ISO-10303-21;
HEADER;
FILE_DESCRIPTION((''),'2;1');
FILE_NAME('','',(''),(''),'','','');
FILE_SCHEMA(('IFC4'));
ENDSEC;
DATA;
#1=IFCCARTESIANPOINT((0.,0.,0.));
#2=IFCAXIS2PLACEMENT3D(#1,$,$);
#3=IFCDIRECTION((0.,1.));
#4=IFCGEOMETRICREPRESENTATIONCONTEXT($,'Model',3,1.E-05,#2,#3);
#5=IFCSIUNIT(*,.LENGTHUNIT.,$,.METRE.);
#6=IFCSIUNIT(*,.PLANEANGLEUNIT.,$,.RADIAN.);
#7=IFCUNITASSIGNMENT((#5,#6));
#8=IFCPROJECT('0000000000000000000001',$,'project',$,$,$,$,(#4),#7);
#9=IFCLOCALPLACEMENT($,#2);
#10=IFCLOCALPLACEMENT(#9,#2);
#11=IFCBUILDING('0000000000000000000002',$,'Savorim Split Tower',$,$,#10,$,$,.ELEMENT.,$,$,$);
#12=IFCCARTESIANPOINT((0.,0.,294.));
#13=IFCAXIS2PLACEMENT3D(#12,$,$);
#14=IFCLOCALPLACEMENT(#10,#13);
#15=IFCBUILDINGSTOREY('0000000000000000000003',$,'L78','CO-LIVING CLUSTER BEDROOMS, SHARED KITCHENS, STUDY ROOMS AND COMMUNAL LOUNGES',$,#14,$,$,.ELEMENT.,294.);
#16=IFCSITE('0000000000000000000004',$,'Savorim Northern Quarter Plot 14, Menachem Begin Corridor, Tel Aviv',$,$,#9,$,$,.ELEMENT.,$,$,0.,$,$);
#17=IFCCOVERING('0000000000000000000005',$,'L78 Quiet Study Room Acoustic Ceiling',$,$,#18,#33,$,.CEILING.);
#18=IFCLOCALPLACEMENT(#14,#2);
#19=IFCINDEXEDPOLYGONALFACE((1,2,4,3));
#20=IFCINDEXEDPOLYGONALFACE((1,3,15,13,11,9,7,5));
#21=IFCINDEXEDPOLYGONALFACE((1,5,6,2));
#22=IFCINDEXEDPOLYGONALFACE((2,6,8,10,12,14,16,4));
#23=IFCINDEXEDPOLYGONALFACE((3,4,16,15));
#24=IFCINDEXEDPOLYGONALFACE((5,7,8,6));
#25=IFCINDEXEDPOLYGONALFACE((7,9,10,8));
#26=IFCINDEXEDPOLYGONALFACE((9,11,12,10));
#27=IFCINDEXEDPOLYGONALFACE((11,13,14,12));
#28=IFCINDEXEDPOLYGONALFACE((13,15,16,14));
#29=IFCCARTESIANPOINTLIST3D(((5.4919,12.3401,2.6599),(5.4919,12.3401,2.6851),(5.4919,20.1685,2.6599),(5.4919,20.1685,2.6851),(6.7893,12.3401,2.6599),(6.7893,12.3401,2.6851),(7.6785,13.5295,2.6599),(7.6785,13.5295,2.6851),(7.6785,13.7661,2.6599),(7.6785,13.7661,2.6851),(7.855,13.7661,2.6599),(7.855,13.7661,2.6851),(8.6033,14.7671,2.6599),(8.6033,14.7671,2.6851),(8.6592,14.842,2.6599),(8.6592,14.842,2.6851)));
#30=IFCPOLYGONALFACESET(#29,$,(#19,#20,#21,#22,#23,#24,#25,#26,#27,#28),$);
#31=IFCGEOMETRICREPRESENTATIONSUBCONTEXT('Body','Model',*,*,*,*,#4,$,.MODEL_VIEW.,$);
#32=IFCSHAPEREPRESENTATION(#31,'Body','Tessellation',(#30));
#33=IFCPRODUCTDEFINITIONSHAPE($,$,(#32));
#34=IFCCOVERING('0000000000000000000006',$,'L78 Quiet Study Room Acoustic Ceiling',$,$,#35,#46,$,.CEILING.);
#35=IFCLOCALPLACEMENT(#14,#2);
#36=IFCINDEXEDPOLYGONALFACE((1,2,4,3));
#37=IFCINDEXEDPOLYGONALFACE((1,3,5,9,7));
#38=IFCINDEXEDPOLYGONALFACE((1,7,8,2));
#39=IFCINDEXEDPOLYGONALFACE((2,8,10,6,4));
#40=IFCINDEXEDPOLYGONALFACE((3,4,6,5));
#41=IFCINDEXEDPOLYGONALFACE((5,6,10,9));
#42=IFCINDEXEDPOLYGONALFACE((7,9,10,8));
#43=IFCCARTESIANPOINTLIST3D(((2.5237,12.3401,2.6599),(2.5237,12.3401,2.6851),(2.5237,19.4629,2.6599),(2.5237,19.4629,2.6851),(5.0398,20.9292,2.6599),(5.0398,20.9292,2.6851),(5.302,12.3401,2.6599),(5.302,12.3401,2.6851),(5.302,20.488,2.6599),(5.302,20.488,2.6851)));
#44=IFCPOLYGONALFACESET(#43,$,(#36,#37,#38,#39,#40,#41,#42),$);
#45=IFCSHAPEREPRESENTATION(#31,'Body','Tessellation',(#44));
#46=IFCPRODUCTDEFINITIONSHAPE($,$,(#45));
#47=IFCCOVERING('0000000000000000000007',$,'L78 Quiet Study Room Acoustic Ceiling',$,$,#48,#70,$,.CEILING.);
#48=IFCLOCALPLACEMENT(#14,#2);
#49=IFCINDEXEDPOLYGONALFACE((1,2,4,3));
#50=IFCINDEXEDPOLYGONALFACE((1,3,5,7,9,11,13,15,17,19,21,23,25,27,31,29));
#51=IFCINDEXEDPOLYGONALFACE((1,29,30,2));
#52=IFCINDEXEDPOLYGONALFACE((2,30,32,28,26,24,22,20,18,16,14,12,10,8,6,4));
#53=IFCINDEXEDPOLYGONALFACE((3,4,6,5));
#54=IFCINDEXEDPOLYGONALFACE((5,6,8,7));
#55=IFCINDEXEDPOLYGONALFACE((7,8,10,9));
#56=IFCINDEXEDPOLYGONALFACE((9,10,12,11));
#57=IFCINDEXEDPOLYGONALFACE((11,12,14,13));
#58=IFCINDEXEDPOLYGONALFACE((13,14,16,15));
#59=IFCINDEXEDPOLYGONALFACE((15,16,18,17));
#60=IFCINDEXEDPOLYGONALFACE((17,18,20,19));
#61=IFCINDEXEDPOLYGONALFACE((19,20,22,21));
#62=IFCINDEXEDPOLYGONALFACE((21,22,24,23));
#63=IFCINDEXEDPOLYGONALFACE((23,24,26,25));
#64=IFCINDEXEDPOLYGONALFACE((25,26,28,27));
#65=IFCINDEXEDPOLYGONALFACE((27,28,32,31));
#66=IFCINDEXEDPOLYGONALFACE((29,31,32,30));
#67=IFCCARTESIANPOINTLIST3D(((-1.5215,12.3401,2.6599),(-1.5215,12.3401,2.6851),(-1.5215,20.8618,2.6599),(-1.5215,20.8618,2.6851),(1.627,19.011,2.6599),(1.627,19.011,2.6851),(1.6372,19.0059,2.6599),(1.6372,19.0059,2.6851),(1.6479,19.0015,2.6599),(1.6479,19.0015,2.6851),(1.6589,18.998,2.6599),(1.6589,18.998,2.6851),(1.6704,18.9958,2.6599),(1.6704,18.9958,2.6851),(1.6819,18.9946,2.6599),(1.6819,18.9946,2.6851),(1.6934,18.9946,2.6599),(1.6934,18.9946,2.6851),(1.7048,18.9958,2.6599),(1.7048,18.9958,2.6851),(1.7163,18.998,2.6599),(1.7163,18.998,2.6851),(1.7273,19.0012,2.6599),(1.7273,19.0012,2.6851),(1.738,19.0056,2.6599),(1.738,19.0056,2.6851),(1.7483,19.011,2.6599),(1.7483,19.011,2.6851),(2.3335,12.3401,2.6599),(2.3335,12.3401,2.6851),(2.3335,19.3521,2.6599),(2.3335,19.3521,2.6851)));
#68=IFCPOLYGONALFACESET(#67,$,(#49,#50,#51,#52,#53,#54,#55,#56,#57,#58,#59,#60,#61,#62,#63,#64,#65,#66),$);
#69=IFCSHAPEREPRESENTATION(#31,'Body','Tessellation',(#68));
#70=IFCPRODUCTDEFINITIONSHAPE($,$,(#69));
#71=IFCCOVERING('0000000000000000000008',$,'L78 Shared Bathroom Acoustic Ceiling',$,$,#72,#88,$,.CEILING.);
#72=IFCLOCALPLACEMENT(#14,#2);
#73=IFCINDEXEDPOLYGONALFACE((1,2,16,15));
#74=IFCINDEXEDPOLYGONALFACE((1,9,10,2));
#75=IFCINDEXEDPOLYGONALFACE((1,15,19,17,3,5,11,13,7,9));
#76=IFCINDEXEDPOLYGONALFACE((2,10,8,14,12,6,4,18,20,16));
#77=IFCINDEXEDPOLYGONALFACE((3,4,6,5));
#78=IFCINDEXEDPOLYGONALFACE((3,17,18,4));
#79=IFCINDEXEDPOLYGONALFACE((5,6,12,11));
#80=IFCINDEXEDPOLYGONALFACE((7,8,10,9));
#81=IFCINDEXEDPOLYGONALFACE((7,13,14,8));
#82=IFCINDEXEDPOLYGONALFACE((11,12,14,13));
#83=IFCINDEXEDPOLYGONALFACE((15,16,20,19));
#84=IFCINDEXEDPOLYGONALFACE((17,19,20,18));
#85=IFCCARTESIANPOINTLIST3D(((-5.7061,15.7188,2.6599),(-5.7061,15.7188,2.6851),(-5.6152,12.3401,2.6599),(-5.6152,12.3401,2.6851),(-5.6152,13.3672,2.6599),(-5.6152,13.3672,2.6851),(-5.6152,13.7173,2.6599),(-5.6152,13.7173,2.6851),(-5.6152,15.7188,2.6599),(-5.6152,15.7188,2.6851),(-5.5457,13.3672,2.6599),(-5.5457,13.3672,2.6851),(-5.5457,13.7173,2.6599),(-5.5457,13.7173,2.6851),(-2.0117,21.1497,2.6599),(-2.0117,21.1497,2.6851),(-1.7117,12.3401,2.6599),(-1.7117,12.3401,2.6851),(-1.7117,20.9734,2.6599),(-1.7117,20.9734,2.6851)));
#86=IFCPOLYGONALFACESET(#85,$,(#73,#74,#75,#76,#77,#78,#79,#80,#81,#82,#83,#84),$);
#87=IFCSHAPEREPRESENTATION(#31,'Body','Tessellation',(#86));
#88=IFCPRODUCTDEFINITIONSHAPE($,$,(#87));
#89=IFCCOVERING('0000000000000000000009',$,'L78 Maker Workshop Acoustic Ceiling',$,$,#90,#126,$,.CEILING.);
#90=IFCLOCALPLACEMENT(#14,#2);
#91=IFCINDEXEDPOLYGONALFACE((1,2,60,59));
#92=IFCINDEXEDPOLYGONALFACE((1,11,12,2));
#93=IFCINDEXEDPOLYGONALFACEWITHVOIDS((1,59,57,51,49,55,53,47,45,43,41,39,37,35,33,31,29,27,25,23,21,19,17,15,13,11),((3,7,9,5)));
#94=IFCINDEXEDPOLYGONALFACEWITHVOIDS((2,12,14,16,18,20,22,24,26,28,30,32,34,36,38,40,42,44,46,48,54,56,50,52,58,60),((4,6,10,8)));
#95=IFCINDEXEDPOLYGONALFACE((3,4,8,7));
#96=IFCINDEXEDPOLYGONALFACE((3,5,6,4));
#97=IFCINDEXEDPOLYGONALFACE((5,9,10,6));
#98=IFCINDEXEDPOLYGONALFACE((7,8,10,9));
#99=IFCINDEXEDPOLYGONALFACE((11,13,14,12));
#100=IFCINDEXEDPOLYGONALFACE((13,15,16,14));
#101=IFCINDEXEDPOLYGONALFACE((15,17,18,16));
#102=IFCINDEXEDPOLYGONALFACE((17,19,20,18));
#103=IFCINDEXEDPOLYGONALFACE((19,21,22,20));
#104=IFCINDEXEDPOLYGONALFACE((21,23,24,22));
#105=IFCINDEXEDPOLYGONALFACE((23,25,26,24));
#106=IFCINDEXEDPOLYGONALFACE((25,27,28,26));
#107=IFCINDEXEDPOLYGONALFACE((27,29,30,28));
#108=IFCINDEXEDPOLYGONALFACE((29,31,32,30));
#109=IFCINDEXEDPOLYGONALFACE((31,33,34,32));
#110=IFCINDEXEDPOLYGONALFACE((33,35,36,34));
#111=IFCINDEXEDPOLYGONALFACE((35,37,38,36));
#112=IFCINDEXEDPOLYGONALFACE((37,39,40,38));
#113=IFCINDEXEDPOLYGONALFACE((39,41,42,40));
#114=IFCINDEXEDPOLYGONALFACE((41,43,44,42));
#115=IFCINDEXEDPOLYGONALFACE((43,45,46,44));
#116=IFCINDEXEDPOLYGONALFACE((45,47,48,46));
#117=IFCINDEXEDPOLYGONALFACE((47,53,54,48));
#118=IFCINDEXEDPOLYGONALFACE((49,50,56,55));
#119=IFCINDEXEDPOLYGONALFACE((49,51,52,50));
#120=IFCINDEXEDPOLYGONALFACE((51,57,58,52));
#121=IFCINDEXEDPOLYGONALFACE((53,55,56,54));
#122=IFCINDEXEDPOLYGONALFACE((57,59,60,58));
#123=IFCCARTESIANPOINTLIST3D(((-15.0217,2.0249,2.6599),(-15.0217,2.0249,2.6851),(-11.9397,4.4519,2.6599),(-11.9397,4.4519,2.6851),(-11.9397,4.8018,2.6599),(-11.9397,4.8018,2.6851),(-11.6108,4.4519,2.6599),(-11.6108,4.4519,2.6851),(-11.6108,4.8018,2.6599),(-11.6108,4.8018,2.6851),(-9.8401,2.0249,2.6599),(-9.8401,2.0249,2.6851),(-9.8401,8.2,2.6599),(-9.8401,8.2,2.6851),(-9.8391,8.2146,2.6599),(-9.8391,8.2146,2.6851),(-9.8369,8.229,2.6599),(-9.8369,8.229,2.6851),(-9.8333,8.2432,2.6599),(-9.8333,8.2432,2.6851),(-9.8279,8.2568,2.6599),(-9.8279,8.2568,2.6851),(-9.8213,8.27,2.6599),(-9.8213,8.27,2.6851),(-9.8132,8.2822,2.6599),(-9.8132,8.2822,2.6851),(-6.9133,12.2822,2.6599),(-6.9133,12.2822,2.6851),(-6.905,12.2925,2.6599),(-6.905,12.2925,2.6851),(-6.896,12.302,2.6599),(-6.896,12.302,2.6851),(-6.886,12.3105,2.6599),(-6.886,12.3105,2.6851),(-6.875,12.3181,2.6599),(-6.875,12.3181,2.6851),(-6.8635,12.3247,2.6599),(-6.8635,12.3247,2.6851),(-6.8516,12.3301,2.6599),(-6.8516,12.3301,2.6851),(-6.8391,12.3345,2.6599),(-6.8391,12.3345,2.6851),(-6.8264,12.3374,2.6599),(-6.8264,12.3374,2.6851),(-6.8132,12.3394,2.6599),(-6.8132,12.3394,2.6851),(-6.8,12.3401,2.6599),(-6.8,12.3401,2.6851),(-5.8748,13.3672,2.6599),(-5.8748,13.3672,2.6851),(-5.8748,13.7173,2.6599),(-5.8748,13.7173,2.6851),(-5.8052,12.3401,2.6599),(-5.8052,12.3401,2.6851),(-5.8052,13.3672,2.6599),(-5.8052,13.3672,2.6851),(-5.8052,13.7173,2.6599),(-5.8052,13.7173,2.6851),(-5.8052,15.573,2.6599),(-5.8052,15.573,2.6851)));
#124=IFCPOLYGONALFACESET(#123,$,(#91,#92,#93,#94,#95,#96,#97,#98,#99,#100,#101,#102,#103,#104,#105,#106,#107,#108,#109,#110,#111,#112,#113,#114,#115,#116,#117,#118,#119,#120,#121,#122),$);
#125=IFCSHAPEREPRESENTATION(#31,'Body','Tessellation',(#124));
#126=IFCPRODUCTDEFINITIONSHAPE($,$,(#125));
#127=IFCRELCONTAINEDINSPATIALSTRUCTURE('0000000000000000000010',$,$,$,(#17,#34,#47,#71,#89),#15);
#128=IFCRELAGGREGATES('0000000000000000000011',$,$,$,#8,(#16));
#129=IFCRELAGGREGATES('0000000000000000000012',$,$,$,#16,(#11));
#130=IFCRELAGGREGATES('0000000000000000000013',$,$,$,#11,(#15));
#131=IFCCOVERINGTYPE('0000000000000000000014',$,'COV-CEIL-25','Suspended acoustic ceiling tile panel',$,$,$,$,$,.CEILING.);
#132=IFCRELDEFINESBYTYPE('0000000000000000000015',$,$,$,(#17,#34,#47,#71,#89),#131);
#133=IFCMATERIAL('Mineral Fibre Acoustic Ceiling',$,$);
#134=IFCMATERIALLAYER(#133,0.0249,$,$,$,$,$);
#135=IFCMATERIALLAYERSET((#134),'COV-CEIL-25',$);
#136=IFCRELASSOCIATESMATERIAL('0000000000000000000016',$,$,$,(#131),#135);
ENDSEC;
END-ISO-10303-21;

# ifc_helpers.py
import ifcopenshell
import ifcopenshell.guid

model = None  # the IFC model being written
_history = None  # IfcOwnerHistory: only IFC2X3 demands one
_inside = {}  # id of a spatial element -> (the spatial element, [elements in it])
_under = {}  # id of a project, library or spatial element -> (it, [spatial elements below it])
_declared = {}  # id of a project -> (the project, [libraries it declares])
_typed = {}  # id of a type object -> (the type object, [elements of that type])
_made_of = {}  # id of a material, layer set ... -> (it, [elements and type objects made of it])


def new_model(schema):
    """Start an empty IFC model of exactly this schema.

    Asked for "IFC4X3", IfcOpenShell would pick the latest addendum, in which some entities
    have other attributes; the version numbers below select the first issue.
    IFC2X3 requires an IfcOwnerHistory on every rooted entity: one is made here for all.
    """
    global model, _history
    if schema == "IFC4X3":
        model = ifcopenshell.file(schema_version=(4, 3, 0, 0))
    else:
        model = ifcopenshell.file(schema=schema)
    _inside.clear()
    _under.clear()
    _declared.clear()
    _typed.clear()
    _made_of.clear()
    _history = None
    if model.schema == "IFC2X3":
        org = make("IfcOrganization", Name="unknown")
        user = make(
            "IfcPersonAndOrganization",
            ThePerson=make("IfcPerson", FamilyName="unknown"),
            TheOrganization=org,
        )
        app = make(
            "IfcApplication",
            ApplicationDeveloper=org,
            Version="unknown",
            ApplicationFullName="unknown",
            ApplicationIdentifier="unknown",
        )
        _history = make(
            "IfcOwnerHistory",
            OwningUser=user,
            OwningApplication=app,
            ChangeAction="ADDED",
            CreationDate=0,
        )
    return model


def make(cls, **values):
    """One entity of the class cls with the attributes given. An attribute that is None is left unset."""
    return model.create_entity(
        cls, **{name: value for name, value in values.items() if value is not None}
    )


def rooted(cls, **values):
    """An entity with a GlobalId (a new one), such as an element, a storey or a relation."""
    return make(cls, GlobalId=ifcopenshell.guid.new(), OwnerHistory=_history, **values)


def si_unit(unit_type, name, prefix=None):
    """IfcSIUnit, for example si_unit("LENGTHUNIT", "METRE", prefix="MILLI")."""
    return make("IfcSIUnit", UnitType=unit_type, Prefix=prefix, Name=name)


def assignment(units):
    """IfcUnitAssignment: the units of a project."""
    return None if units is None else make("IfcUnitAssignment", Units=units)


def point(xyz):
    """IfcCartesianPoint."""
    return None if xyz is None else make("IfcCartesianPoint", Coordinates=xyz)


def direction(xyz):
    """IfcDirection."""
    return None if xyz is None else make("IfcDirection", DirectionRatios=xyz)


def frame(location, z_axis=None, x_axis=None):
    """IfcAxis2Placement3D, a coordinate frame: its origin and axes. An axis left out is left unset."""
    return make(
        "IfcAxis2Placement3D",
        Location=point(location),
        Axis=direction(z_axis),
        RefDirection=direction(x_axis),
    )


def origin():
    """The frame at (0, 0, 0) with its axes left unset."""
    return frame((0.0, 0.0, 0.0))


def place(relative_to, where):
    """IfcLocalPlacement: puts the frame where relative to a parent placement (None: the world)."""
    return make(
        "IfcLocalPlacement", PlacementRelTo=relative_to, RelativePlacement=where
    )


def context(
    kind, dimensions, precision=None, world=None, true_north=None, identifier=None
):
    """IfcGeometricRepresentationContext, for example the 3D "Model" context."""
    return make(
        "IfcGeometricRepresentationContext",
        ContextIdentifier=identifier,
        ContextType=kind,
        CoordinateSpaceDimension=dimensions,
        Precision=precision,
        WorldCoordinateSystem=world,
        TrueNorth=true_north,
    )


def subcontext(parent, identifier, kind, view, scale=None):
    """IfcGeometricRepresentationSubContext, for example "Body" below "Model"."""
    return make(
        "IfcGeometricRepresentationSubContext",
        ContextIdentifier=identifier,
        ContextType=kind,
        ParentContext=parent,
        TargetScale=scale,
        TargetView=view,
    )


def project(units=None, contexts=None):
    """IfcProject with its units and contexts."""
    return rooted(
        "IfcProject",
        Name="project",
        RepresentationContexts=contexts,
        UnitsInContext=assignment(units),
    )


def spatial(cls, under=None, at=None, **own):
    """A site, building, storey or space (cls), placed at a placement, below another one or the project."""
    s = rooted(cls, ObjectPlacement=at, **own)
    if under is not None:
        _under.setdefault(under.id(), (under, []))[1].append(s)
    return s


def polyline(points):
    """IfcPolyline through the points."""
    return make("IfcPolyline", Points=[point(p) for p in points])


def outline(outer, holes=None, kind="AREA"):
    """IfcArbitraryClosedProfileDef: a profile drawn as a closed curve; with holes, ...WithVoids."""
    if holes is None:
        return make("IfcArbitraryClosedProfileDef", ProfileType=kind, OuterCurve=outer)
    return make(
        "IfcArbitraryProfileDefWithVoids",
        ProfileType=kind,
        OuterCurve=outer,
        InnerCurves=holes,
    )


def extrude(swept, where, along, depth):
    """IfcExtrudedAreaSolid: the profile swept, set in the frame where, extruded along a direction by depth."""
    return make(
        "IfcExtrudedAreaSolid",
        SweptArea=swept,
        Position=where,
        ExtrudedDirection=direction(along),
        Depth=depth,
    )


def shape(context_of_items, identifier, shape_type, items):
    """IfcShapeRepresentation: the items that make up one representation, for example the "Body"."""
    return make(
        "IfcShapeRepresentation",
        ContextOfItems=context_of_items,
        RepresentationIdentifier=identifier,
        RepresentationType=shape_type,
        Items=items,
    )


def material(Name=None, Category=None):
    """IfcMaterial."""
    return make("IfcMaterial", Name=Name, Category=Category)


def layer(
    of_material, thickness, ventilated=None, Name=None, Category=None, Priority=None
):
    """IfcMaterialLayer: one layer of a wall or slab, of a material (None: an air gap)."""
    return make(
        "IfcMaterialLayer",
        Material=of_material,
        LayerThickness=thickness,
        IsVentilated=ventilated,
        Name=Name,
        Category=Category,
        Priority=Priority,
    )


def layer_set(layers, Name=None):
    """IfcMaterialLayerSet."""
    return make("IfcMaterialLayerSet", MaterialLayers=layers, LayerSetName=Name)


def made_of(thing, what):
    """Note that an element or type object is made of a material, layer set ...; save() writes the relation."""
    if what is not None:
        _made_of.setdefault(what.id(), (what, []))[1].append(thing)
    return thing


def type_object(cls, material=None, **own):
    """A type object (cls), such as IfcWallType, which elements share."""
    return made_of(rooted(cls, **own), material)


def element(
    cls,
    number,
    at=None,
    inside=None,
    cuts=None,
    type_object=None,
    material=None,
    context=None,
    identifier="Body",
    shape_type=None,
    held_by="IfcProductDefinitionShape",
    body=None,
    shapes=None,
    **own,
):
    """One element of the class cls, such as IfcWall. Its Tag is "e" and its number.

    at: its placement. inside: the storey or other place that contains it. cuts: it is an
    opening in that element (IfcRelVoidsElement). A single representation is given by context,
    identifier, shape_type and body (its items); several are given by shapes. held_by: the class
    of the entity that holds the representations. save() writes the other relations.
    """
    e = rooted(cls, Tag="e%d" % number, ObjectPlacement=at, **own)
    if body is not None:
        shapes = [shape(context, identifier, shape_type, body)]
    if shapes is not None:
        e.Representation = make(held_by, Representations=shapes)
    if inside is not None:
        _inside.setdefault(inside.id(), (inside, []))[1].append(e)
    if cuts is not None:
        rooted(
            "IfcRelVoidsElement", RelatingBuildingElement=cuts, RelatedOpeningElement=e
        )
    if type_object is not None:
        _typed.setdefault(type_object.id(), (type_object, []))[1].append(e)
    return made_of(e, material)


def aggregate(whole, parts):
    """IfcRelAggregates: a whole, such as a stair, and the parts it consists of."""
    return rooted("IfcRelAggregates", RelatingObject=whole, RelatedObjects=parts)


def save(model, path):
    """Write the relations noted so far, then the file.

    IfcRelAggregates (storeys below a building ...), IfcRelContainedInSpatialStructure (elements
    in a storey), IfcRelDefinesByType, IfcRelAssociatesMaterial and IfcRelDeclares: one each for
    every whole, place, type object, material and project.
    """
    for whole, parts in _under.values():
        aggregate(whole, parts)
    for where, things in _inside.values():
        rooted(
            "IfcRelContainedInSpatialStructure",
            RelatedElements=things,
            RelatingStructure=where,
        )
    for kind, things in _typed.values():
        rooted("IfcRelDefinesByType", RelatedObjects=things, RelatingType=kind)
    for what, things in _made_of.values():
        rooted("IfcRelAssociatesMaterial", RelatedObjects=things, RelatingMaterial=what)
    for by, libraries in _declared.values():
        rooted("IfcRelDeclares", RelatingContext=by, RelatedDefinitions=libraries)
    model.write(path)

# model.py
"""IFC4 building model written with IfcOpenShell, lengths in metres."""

from ifc_helpers import new_model, si_unit, direction, frame, origin, place, context, subcontext, project, spatial, polyline, outline, extrude, material, layer, layer_set, type_object, element, save


model = new_model("IFC4")

# Units and contexts
model_context = context("Model", 3, precision=1e-05, world=origin(), true_north=direction((0.0, 1.0)))
body_context = subcontext(model_context, "Body", "Model", "MODEL_VIEW")
ifc_project = project(units=[si_unit("LENGTHUNIT", "METRE"), si_unit("PLANEANGLEUNIT", "RADIAN")], contexts=[model_context])

# Site, building, storey
site_placement = place(None, origin())
site = spatial("IfcSite", under=ifc_project, at=site_placement, Name="Savorim Northern Quarter Plot 14, Menachem Begin Corridor, Tel Aviv", CompositionType="ELEMENT", RefElevation=0.0)
building_placement = place(site_placement, origin())
building = spatial("IfcBuilding", under=site, at=building_placement, Name="Savorim Split Tower", CompositionType="ELEMENT")
storey_placement = place(building_placement, frame((0.0, 0.0, 294.0)))
storey = spatial("IfcBuildingStorey", under=building, at=storey_placement, Name="L78", Description="CO-LIVING CLUSTER BEDROOMS, SHARED KITCHENS, STUDY ROOMS AND COMMUNAL LOUNGES", CompositionType="ELEMENT", Elevation=294.0)

# Coverings
ifc_material_1 = material(Name="Mineral Fibre Acoustic Ceiling")
ifc_layer_1 = layer(ifc_material_1, 0.0249)
ifc_layer_set_1 = layer_set([ifc_layer_1], Name="COV-CEIL-25")
covering_type_1 = type_object("IfcCoveringType", Name="COV-CEIL-25", Description="Suspended acoustic ceiling tile panel", PredefinedType="CEILING", material=ifc_layer_set_1)
covering_1_placement = place(storey_placement, frame((0.0, 0.0, 2.6599)))
element("IfcCovering", 1, at=covering_1_placement, inside=storey, type_object=covering_type_1, Name="L78 Quiet Study Room Acoustic Ceiling", PredefinedType="CEILING", context=body_context, shape_type="SweptSolid", body=[
    extrude(outline(polyline([(7.855, 13.7661), (8.6033, 14.7671), (8.6592, 14.842), (5.4919, 20.1685), (5.4919, 12.3401), (6.7893, 12.3401), (7.6785, 13.5295), (7.6785, 13.7661), (7.855, 13.7661)])), origin(), (0.0, 0.0, 1.0), 0.0251),
])
covering_2_placement = place(storey_placement, frame((0.0, 0.0, 2.6599)))
element("IfcCovering", 2, at=covering_2_placement, inside=storey, type_object=covering_type_1, Name="L78 Quiet Study Room Acoustic Ceiling", PredefinedType="CEILING", context=body_context, shape_type="SweptSolid", body=[
    extrude(outline(polyline([(5.302, 12.3401), (5.302, 20.488), (5.0398, 20.9292), (2.5237, 19.4629), (2.5237, 12.3401), (5.302, 12.3401)])), origin(), (0.0, 0.0, 1.0), 0.0251),
])
covering_3_placement = place(storey_placement, frame((0.0, 0.0, 2.6599)))
element("IfcCovering", 3, at=covering_3_placement, inside=storey, type_object=covering_type_1, Name="L78 Quiet Study Room Acoustic Ceiling", PredefinedType="CEILING", context=body_context, shape_type="SweptSolid", body=[
    extrude(outline(polyline([(1.6479, 19.0015), (1.6372, 19.0059), (1.627, 19.011), (-1.5215, 20.8618), (-1.5215, 12.3401), (2.3335, 12.3401), (2.3335, 19.3521), (1.7483, 19.011), (1.738, 19.0056), (1.7273, 19.0012), (1.7163, 18.998), (1.7048, 18.9958), (1.6934, 18.9946), (1.6819, 18.9946), (1.6704, 18.9958), (1.6589, 18.998), (1.6479, 19.0015)])), origin(), (0.0, 0.0, 1.0), 0.0251),
])
covering_4_placement = place(storey_placement, frame((0.0, 0.0, 2.6599)))
element("IfcCovering", 4, at=covering_4_placement, inside=storey, type_object=covering_type_1, Name="L78 Shared Bathroom Acoustic Ceiling", PredefinedType="CEILING", context=body_context, shape_type="SweptSolid", body=[
    extrude(outline(polyline([(-5.6152, 12.3401), (-1.7117, 12.3401), (-1.7117, 20.9734), (-2.0117, 21.1497), (-5.7061, 15.7188), (-5.6152, 15.7188), (-5.6152, 13.7173), (-5.5457, 13.7173), (-5.5457, 13.3672), (-5.6152, 13.3672), (-5.6152, 12.3401)])), origin(), (0.0, 0.0, 1.0), 0.0251),
])
covering_5_placement = place(storey_placement, frame((0.0, 0.0, 2.6599)))
element("IfcCovering", 5, at=covering_5_placement, inside=storey, type_object=covering_type_1, Name="L78 Maker Workshop Acoustic Ceiling", PredefinedType="CEILING", context=body_context, shape_type="SweptSolid", body=[
    extrude(outline(polyline([(-6.8132, 12.3394), (-6.8, 12.3401), (-5.8052, 12.3401), (-5.8052, 13.3672), (-5.8748, 13.3672), (-5.8748, 13.7173), (-5.8052, 13.7173), (-5.8052, 15.573), (-15.0217, 2.0249), (-9.8401, 2.0249), (-9.8401, 8.2), (-9.8391, 8.2146), (-9.8369, 8.229), (-9.8333, 8.2432), (-9.8279, 8.2568), (-9.8213, 8.27), (-9.8132, 8.2822), (-6.9133, 12.2822), (-6.905, 12.2925), (-6.896, 12.302), (-6.886, 12.3105), (-6.875, 12.3181), (-6.8635, 12.3247), (-6.8516, 12.3301), (-6.8391, 12.3345), (-6.8264, 12.3374), (-6.8132, 12.3394)]), holes=[polyline([(-11.6108, 4.4519), (-11.6108, 4.8018), (-11.9397, 4.8018), (-11.9397, 4.4519), (-11.6108, 4.4519)])]), origin(), (0.0, 0.0, 1.0), 0.0251),
])

save(model, "model.ifc")
